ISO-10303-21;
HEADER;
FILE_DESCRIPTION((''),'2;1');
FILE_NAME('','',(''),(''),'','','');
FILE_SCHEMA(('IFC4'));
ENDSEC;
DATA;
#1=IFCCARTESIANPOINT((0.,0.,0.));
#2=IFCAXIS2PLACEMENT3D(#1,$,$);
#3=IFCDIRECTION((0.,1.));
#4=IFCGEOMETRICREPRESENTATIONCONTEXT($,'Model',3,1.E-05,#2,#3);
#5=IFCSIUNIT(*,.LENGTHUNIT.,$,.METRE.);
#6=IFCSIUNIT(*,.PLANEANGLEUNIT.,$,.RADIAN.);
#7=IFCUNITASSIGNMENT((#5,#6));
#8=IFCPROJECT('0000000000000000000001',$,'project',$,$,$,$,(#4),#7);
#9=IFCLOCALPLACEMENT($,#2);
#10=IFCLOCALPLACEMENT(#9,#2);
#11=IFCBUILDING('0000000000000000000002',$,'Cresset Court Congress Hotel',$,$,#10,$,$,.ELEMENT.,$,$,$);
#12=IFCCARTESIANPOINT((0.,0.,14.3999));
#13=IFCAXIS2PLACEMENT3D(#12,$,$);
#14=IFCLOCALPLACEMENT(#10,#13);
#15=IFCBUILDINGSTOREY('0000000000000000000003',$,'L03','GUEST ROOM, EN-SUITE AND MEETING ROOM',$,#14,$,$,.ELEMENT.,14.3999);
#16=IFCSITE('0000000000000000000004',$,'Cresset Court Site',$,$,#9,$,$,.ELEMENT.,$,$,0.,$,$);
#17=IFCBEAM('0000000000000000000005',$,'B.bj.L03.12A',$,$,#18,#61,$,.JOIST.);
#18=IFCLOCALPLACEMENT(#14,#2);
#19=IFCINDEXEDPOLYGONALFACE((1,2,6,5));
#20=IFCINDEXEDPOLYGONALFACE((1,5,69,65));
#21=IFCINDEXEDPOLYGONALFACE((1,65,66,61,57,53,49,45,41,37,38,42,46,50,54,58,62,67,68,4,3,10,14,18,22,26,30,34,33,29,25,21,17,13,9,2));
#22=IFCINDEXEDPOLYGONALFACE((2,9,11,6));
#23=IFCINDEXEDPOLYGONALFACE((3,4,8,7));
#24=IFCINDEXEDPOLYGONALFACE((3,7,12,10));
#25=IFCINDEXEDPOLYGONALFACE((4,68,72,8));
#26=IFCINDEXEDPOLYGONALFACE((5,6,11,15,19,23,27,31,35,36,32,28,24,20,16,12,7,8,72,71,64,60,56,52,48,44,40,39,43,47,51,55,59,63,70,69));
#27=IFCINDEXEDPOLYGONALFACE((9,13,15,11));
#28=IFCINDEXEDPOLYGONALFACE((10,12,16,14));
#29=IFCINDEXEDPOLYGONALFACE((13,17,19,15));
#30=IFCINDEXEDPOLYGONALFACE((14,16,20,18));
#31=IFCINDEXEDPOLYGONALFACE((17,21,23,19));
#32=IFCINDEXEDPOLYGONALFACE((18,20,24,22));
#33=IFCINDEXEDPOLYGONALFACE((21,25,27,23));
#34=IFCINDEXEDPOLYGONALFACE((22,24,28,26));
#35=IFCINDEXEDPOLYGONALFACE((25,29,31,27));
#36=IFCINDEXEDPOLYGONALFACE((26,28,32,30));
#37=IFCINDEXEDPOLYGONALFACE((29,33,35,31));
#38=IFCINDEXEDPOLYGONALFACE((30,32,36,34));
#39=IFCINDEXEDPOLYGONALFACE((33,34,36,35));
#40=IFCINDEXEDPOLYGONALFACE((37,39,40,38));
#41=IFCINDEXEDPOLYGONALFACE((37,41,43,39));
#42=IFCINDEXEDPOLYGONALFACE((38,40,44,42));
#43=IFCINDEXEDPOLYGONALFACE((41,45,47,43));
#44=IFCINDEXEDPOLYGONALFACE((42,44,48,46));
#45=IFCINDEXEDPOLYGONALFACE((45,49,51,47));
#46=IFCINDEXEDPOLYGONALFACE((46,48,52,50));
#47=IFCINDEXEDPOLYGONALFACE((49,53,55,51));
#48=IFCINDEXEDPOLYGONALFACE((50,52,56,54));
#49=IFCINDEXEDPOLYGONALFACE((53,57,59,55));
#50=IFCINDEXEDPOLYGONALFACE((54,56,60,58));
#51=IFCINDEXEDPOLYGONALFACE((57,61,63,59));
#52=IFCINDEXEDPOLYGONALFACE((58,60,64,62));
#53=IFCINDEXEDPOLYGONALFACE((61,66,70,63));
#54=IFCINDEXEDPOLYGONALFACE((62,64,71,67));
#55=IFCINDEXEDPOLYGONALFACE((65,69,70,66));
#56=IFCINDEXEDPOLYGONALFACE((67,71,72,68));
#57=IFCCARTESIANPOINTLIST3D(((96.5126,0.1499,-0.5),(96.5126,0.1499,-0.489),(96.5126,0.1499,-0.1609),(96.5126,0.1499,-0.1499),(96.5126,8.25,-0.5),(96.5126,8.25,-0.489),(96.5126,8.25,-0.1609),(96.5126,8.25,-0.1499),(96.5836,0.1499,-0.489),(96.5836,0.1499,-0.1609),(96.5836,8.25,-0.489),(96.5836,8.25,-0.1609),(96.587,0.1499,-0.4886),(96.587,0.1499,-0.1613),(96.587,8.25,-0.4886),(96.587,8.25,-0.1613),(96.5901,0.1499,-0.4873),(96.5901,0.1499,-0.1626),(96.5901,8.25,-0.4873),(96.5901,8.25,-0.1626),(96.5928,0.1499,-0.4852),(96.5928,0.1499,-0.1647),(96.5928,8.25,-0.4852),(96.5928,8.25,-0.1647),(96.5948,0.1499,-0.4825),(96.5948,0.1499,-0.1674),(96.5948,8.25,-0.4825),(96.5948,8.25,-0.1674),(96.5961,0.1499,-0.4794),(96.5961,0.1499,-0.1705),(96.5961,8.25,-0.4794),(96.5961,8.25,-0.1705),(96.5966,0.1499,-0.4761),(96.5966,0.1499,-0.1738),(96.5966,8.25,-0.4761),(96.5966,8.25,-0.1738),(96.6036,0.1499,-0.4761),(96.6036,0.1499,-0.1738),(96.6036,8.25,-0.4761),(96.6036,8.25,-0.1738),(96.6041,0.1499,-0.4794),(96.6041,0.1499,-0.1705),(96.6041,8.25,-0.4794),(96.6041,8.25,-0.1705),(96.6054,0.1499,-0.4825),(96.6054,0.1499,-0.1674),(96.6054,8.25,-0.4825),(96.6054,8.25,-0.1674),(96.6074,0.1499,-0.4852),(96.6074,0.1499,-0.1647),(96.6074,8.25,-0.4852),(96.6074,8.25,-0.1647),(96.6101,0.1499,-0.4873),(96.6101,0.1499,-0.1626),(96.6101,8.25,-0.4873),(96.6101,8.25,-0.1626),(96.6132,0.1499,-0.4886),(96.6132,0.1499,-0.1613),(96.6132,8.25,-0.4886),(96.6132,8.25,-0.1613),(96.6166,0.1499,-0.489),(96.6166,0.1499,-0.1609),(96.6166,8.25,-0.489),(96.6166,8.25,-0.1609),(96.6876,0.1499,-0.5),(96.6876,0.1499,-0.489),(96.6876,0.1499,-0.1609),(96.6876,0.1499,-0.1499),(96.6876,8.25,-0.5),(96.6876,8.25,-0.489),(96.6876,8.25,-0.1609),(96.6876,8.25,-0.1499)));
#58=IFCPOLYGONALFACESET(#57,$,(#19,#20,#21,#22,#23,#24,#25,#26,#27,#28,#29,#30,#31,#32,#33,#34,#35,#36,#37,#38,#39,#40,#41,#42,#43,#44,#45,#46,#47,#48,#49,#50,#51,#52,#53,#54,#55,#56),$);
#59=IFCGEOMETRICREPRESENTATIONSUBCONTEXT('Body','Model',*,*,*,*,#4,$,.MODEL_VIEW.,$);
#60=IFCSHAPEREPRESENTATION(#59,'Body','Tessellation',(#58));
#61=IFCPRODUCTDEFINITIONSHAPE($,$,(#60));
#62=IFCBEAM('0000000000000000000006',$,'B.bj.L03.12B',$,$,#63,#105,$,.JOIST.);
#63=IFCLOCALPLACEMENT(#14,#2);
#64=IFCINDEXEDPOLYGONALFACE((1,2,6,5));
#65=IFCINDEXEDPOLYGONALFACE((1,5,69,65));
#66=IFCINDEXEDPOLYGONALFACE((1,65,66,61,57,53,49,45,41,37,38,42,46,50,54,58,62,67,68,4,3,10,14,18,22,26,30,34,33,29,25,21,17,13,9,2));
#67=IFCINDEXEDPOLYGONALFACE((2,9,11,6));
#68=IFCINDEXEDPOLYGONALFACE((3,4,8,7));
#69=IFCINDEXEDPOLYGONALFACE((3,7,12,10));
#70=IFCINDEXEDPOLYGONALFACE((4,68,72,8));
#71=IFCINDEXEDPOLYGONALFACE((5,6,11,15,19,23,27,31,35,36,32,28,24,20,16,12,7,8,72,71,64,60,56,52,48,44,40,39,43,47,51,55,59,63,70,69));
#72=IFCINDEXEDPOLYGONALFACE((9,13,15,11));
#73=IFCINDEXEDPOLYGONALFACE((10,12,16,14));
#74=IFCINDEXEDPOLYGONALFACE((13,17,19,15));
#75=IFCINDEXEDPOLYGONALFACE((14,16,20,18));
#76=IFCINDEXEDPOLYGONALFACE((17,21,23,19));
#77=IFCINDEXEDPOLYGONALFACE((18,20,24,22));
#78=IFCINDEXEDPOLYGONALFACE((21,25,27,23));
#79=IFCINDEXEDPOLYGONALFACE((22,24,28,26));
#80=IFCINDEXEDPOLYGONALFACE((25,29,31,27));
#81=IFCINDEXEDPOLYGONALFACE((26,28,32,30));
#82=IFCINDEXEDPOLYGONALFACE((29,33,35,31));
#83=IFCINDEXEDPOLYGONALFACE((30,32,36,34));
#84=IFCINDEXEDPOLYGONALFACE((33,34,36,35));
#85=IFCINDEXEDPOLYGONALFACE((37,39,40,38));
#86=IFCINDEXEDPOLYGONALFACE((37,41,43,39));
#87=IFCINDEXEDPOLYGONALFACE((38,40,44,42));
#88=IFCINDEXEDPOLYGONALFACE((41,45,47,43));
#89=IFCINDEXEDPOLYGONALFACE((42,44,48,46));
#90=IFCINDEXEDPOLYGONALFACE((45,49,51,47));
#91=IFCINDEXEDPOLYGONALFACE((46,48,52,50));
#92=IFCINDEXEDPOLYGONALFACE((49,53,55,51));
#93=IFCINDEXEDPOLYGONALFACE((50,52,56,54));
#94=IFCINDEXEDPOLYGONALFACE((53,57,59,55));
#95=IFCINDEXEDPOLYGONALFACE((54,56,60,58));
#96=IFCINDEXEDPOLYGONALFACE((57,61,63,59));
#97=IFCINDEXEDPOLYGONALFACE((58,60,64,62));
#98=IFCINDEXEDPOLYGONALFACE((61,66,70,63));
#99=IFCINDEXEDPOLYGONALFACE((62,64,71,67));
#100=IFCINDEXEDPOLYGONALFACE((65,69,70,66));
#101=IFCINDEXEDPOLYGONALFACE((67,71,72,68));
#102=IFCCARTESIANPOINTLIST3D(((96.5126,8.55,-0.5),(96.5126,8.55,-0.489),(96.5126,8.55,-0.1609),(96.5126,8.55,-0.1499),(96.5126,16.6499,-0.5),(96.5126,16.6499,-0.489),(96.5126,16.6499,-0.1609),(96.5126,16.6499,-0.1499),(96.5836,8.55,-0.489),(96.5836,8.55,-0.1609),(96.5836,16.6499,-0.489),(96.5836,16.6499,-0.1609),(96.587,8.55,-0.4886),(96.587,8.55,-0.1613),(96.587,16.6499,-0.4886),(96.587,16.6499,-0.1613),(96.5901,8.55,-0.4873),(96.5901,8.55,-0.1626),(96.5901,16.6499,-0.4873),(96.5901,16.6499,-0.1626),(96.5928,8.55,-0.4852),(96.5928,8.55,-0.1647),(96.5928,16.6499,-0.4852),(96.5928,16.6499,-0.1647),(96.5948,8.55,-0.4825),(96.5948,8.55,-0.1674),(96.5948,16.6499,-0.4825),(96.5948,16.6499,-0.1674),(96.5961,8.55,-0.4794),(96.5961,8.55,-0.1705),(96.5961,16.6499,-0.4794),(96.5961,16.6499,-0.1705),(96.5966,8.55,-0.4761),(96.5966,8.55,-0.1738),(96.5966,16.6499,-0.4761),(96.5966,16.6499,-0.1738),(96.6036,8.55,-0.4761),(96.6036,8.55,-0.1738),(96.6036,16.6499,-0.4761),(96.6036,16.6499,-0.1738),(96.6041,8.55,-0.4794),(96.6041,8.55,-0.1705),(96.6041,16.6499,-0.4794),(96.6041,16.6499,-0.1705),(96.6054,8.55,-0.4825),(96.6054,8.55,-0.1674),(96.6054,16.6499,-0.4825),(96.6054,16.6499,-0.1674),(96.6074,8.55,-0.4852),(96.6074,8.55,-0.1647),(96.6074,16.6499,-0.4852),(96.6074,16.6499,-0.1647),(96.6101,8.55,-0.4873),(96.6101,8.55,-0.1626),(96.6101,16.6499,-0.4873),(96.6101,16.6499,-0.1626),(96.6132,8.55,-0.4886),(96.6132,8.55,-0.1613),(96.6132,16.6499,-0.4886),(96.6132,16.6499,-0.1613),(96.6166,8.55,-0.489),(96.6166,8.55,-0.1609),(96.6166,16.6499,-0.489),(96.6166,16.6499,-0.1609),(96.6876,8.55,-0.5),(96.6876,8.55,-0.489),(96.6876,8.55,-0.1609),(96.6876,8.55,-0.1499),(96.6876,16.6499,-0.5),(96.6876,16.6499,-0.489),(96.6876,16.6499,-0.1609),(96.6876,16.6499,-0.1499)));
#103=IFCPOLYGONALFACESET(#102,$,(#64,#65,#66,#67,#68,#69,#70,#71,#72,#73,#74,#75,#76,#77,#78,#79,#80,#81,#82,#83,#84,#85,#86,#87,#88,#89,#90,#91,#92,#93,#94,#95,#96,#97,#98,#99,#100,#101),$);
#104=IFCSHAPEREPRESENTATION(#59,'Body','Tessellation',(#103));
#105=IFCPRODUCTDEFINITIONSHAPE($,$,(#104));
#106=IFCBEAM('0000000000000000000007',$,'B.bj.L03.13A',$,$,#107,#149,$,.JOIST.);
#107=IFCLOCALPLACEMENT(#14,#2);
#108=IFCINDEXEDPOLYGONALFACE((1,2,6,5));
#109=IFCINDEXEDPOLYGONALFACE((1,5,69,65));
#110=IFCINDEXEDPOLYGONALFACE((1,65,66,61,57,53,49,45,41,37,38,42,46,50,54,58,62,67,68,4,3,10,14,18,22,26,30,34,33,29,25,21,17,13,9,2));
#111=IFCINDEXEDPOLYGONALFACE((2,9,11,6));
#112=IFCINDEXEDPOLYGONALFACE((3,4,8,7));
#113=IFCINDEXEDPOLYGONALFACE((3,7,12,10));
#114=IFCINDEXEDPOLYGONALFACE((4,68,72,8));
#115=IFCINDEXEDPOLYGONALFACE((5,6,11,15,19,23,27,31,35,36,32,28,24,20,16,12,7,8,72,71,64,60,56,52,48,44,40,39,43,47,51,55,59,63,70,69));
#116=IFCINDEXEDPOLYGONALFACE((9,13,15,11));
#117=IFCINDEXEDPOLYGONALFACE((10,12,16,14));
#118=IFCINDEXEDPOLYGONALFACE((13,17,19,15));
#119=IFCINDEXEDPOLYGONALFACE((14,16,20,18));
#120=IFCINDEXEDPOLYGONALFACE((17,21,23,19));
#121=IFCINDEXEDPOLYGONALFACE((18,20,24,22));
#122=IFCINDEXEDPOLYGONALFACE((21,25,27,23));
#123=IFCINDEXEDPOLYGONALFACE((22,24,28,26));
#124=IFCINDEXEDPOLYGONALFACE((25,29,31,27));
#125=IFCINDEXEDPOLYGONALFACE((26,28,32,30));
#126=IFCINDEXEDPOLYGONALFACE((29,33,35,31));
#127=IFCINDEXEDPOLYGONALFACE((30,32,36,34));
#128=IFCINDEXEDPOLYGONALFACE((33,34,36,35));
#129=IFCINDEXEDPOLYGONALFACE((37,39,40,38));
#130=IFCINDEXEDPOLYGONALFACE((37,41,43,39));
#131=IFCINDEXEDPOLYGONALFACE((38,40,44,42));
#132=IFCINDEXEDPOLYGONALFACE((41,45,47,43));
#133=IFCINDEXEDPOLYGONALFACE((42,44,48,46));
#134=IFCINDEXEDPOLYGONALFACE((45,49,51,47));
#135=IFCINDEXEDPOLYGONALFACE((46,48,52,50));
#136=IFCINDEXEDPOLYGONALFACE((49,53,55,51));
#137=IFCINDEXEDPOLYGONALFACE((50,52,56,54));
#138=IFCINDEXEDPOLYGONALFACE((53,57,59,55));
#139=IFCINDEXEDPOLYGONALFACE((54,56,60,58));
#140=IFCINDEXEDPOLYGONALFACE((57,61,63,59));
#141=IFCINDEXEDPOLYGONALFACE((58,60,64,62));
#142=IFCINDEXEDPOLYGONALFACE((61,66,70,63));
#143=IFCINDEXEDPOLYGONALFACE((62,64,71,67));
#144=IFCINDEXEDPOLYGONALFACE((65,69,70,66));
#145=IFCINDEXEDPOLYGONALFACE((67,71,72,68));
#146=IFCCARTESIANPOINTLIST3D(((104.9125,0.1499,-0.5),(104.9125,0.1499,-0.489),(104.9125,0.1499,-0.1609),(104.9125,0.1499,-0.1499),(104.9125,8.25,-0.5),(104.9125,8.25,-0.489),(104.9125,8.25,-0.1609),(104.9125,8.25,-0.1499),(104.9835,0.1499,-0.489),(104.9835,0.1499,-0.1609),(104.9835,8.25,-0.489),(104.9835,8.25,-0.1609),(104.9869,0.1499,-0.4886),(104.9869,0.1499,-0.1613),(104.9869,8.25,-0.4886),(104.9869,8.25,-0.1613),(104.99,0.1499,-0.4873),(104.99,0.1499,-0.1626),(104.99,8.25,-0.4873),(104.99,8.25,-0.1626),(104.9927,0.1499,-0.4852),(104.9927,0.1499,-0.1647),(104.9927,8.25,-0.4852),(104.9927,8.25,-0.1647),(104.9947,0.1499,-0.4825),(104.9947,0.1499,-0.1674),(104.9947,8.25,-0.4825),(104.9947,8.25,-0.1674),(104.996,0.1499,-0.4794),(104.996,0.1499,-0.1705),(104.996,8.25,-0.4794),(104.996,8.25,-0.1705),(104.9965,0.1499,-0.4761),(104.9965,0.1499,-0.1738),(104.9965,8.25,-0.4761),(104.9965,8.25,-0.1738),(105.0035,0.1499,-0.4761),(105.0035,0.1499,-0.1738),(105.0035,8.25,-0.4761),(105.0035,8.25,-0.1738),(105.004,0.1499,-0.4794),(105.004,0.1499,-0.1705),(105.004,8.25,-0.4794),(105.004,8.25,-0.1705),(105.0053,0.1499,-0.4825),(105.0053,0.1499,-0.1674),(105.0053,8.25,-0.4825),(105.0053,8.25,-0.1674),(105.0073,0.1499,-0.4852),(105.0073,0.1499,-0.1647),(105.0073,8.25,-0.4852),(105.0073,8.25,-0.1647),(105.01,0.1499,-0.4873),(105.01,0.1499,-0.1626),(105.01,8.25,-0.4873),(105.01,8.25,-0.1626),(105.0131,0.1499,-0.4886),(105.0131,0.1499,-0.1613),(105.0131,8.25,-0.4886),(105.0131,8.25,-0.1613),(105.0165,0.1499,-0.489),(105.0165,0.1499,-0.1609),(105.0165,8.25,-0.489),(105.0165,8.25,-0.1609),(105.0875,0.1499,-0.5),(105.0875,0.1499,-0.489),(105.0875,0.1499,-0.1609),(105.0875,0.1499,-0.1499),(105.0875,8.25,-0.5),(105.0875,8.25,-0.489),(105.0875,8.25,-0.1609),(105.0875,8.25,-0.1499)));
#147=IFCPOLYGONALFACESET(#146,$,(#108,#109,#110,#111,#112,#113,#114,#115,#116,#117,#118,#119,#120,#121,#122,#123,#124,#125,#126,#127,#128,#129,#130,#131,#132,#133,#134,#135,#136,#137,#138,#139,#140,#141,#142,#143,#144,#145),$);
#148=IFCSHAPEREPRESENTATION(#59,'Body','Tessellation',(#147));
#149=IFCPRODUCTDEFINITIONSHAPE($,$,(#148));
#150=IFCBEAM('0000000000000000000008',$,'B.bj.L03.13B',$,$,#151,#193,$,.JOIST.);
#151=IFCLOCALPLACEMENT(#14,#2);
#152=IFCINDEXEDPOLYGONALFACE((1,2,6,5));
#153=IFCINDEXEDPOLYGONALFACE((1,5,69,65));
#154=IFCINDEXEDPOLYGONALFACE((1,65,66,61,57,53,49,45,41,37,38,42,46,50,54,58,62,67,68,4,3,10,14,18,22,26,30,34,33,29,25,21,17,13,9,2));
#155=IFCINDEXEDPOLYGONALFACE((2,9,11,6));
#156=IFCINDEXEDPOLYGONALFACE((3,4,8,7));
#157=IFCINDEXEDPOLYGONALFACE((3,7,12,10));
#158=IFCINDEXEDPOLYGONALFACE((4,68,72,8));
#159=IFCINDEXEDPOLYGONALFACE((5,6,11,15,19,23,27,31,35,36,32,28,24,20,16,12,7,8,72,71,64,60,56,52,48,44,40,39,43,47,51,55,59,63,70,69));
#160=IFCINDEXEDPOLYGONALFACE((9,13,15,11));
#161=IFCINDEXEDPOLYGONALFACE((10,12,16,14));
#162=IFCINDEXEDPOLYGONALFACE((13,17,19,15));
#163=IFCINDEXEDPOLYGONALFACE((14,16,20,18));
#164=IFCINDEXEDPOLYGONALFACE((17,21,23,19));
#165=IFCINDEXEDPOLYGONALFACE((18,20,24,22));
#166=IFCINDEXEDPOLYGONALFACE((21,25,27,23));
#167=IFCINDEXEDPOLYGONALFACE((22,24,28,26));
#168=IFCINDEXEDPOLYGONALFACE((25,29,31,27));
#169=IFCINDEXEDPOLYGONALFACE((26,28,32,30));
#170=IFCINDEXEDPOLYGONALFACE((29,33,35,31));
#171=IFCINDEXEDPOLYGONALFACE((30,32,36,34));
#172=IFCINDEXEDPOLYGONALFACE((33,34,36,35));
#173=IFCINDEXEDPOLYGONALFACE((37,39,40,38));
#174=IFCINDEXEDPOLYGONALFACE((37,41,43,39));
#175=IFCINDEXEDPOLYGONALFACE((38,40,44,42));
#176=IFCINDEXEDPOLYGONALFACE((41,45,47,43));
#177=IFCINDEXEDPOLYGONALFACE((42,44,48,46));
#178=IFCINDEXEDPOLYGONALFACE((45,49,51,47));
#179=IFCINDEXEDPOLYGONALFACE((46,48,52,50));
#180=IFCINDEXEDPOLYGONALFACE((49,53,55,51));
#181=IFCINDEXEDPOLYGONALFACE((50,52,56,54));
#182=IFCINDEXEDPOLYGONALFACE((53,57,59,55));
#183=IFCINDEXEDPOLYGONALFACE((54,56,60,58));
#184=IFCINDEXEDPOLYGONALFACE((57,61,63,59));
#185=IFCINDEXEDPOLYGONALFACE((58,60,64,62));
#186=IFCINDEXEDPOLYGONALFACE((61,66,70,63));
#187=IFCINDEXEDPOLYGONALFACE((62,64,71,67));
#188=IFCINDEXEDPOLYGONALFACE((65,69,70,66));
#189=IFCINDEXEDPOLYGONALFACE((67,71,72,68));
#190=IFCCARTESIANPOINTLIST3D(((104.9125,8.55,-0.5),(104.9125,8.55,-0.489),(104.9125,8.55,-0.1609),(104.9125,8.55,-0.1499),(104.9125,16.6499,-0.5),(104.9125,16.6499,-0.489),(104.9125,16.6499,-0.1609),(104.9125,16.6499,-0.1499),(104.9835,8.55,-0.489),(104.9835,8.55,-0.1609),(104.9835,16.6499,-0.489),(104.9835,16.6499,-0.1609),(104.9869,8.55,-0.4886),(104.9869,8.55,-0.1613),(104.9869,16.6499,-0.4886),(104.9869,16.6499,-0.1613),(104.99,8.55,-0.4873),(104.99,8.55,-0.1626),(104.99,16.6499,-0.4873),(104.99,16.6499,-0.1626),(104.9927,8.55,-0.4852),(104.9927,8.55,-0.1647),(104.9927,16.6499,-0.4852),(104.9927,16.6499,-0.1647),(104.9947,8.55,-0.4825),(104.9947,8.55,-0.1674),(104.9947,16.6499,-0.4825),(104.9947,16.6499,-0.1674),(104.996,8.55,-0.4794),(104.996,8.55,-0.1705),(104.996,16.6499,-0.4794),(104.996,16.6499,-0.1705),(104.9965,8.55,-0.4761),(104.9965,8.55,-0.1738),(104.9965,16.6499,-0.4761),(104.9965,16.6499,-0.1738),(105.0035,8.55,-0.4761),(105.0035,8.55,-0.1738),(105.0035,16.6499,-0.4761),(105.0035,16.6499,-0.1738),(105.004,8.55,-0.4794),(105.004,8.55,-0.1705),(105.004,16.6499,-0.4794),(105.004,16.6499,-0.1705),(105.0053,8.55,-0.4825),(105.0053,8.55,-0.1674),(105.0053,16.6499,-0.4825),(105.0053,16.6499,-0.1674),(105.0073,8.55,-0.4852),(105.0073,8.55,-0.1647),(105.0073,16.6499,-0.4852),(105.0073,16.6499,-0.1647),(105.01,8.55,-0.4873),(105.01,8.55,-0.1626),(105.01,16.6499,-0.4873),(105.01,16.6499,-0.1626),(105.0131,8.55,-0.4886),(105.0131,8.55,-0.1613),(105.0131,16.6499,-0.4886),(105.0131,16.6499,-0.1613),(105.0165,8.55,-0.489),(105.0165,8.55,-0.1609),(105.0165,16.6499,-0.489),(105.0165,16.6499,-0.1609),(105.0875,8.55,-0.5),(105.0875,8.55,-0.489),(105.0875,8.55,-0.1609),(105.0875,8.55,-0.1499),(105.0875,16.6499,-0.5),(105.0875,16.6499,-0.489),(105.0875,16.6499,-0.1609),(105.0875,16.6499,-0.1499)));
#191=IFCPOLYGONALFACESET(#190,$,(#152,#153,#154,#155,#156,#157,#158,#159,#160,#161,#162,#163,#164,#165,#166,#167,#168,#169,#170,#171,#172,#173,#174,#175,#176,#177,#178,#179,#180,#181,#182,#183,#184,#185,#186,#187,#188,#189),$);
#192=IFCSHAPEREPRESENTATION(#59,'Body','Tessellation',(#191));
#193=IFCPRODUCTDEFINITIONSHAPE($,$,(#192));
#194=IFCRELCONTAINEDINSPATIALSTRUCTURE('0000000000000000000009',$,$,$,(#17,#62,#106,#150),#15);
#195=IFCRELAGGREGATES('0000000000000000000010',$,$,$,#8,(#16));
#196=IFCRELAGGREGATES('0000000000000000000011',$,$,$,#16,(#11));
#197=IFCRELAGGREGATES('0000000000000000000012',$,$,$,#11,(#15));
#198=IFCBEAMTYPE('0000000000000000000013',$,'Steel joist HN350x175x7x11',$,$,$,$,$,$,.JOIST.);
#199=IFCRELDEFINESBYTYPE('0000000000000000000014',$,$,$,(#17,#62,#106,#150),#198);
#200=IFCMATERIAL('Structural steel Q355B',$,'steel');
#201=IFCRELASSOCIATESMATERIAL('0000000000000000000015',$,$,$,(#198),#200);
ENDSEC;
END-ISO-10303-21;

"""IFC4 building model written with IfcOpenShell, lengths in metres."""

from ifc_helpers import new_model, si_unit, direction, frame, origin, origin_2d, place, context, subcontext, project, spatial, i_section, extrude, material, material_profile, profile_set, type_object, element, save


model = new_model("IFC4")

# Units and contexts
model_context = context("Model", 3, precision=1e-05, world=origin(), true_north=direction((0.0, 1.0)))
body_context = subcontext(model_context, "Body", "Model", "MODEL_VIEW")
ifc_project = project(units=[si_unit("LENGTHUNIT", "METRE"), si_unit("PLANEANGLEUNIT", "RADIAN")], contexts=[model_context])

# Site, building, storey
site_placement = place(None, origin())
site = spatial("IfcSite", under=ifc_project, at=site_placement, Name="Cresset Court Site", CompositionType="ELEMENT", RefElevation=0.0)
building_placement = place(site_placement, origin())
building = spatial("IfcBuilding", under=site, at=building_placement, Name="Cresset Court Congress Hotel", CompositionType="ELEMENT")
storey_placement = place(building_placement, frame((0.0, 0.0, 14.3999)))
storey = spatial("IfcBuildingStorey", under=building, at=storey_placement, Name="L03", Description="GUEST ROOM, EN-SUITE AND MEETING ROOM", CompositionType="ELEMENT", Elevation=14.3999)

# Beams
ifc_material_1 = material(Name="Structural steel Q355B", Category="steel")
ifc_material_profile_1 = material_profile(ifc_material_1, i_section(OverallWidth=0.175, OverallDepth=0.3501, WebThickness=0.0071, FlangeThickness=0.011, FilletRadius=0.0129, at=origin_2d()), Name="HN350x175x7x11")
ifc_profile_set_1 = profile_set([ifc_material_profile_1], Name="Structural steel Q355B")
beam_type_1 = type_object("IfcBeamType", Name="Steel joist HN350x175x7x11", PredefinedType="JOIST", material=ifc_profile_set_1)
beam_1_placement = place(storey_placement, frame((96.6001, 0.1499, -0.325), z_axis=(0.0, 1.0, 0.0), x_axis=(-1.0, 0.0, 0.0)))
element("IfcBeam", 1, at=beam_1_placement, inside=storey, type_object=beam_type_1, Name="B.bj.L03.12A", PredefinedType="JOIST", context=body_context, shape_type="SweptSolid", body=[
    extrude(i_section(OverallWidth=0.175, OverallDepth=0.3501, WebThickness=0.0071, FlangeThickness=0.011, FilletRadius=0.0129, at=origin_2d()), origin(), (0.0, 0.0, 1.0), 8.1001),
])
beam_2_placement = place(storey_placement, frame((96.6001, 8.55, -0.325), z_axis=(0.0, 1.0, 0.0), x_axis=(-1.0, 0.0, 0.0)))
element("IfcBeam", 2, at=beam_2_placement, inside=storey, type_object=beam_type_1, Name="B.bj.L03.12B", PredefinedType="JOIST", context=body_context, shape_type="SweptSolid", body=[
    extrude(i_section(OverallWidth=0.175, OverallDepth=0.3501, WebThickness=0.0071, FlangeThickness=0.011, FilletRadius=0.0129, at=origin_2d()), origin(), (0.0, 0.0, 1.0), 8.0999),
])
beam_3_placement = place(storey_placement, frame((105.0, 0.1499, -0.325), z_axis=(0.0, 1.0, 0.0), x_axis=(-1.0, 0.0, 0.0)))
element("IfcBeam", 3, at=beam_3_placement, inside=storey, type_object=beam_type_1, Name="B.bj.L03.13A", PredefinedType="JOIST", context=body_context, shape_type="SweptSolid", body=[
    extrude(i_section(OverallWidth=0.175, OverallDepth=0.3501, WebThickness=0.0071, FlangeThickness=0.011, FilletRadius=0.0129, at=origin_2d()), origin(), (0.0, 0.0, 1.0), 8.1001),
])
beam_4_placement = place(storey_placement, frame((105.0, 8.55, -0.325), z_axis=(0.0, 1.0, 0.0), x_axis=(-1.0, 0.0, 0.0)))
element("IfcBeam", 4, at=beam_4_placement, inside=storey, type_object=beam_type_1, Name="B.bj.L03.13B", PredefinedType="JOIST", context=body_context, shape_type="SweptSolid", body=[
    extrude(i_section(OverallWidth=0.175, OverallDepth=0.3501, WebThickness=0.0071, FlangeThickness=0.011, FilletRadius=0.0129, at=origin_2d()), origin(), (0.0, 0.0, 1.0), 8.0999),
])

save(model, "model.ifc")
